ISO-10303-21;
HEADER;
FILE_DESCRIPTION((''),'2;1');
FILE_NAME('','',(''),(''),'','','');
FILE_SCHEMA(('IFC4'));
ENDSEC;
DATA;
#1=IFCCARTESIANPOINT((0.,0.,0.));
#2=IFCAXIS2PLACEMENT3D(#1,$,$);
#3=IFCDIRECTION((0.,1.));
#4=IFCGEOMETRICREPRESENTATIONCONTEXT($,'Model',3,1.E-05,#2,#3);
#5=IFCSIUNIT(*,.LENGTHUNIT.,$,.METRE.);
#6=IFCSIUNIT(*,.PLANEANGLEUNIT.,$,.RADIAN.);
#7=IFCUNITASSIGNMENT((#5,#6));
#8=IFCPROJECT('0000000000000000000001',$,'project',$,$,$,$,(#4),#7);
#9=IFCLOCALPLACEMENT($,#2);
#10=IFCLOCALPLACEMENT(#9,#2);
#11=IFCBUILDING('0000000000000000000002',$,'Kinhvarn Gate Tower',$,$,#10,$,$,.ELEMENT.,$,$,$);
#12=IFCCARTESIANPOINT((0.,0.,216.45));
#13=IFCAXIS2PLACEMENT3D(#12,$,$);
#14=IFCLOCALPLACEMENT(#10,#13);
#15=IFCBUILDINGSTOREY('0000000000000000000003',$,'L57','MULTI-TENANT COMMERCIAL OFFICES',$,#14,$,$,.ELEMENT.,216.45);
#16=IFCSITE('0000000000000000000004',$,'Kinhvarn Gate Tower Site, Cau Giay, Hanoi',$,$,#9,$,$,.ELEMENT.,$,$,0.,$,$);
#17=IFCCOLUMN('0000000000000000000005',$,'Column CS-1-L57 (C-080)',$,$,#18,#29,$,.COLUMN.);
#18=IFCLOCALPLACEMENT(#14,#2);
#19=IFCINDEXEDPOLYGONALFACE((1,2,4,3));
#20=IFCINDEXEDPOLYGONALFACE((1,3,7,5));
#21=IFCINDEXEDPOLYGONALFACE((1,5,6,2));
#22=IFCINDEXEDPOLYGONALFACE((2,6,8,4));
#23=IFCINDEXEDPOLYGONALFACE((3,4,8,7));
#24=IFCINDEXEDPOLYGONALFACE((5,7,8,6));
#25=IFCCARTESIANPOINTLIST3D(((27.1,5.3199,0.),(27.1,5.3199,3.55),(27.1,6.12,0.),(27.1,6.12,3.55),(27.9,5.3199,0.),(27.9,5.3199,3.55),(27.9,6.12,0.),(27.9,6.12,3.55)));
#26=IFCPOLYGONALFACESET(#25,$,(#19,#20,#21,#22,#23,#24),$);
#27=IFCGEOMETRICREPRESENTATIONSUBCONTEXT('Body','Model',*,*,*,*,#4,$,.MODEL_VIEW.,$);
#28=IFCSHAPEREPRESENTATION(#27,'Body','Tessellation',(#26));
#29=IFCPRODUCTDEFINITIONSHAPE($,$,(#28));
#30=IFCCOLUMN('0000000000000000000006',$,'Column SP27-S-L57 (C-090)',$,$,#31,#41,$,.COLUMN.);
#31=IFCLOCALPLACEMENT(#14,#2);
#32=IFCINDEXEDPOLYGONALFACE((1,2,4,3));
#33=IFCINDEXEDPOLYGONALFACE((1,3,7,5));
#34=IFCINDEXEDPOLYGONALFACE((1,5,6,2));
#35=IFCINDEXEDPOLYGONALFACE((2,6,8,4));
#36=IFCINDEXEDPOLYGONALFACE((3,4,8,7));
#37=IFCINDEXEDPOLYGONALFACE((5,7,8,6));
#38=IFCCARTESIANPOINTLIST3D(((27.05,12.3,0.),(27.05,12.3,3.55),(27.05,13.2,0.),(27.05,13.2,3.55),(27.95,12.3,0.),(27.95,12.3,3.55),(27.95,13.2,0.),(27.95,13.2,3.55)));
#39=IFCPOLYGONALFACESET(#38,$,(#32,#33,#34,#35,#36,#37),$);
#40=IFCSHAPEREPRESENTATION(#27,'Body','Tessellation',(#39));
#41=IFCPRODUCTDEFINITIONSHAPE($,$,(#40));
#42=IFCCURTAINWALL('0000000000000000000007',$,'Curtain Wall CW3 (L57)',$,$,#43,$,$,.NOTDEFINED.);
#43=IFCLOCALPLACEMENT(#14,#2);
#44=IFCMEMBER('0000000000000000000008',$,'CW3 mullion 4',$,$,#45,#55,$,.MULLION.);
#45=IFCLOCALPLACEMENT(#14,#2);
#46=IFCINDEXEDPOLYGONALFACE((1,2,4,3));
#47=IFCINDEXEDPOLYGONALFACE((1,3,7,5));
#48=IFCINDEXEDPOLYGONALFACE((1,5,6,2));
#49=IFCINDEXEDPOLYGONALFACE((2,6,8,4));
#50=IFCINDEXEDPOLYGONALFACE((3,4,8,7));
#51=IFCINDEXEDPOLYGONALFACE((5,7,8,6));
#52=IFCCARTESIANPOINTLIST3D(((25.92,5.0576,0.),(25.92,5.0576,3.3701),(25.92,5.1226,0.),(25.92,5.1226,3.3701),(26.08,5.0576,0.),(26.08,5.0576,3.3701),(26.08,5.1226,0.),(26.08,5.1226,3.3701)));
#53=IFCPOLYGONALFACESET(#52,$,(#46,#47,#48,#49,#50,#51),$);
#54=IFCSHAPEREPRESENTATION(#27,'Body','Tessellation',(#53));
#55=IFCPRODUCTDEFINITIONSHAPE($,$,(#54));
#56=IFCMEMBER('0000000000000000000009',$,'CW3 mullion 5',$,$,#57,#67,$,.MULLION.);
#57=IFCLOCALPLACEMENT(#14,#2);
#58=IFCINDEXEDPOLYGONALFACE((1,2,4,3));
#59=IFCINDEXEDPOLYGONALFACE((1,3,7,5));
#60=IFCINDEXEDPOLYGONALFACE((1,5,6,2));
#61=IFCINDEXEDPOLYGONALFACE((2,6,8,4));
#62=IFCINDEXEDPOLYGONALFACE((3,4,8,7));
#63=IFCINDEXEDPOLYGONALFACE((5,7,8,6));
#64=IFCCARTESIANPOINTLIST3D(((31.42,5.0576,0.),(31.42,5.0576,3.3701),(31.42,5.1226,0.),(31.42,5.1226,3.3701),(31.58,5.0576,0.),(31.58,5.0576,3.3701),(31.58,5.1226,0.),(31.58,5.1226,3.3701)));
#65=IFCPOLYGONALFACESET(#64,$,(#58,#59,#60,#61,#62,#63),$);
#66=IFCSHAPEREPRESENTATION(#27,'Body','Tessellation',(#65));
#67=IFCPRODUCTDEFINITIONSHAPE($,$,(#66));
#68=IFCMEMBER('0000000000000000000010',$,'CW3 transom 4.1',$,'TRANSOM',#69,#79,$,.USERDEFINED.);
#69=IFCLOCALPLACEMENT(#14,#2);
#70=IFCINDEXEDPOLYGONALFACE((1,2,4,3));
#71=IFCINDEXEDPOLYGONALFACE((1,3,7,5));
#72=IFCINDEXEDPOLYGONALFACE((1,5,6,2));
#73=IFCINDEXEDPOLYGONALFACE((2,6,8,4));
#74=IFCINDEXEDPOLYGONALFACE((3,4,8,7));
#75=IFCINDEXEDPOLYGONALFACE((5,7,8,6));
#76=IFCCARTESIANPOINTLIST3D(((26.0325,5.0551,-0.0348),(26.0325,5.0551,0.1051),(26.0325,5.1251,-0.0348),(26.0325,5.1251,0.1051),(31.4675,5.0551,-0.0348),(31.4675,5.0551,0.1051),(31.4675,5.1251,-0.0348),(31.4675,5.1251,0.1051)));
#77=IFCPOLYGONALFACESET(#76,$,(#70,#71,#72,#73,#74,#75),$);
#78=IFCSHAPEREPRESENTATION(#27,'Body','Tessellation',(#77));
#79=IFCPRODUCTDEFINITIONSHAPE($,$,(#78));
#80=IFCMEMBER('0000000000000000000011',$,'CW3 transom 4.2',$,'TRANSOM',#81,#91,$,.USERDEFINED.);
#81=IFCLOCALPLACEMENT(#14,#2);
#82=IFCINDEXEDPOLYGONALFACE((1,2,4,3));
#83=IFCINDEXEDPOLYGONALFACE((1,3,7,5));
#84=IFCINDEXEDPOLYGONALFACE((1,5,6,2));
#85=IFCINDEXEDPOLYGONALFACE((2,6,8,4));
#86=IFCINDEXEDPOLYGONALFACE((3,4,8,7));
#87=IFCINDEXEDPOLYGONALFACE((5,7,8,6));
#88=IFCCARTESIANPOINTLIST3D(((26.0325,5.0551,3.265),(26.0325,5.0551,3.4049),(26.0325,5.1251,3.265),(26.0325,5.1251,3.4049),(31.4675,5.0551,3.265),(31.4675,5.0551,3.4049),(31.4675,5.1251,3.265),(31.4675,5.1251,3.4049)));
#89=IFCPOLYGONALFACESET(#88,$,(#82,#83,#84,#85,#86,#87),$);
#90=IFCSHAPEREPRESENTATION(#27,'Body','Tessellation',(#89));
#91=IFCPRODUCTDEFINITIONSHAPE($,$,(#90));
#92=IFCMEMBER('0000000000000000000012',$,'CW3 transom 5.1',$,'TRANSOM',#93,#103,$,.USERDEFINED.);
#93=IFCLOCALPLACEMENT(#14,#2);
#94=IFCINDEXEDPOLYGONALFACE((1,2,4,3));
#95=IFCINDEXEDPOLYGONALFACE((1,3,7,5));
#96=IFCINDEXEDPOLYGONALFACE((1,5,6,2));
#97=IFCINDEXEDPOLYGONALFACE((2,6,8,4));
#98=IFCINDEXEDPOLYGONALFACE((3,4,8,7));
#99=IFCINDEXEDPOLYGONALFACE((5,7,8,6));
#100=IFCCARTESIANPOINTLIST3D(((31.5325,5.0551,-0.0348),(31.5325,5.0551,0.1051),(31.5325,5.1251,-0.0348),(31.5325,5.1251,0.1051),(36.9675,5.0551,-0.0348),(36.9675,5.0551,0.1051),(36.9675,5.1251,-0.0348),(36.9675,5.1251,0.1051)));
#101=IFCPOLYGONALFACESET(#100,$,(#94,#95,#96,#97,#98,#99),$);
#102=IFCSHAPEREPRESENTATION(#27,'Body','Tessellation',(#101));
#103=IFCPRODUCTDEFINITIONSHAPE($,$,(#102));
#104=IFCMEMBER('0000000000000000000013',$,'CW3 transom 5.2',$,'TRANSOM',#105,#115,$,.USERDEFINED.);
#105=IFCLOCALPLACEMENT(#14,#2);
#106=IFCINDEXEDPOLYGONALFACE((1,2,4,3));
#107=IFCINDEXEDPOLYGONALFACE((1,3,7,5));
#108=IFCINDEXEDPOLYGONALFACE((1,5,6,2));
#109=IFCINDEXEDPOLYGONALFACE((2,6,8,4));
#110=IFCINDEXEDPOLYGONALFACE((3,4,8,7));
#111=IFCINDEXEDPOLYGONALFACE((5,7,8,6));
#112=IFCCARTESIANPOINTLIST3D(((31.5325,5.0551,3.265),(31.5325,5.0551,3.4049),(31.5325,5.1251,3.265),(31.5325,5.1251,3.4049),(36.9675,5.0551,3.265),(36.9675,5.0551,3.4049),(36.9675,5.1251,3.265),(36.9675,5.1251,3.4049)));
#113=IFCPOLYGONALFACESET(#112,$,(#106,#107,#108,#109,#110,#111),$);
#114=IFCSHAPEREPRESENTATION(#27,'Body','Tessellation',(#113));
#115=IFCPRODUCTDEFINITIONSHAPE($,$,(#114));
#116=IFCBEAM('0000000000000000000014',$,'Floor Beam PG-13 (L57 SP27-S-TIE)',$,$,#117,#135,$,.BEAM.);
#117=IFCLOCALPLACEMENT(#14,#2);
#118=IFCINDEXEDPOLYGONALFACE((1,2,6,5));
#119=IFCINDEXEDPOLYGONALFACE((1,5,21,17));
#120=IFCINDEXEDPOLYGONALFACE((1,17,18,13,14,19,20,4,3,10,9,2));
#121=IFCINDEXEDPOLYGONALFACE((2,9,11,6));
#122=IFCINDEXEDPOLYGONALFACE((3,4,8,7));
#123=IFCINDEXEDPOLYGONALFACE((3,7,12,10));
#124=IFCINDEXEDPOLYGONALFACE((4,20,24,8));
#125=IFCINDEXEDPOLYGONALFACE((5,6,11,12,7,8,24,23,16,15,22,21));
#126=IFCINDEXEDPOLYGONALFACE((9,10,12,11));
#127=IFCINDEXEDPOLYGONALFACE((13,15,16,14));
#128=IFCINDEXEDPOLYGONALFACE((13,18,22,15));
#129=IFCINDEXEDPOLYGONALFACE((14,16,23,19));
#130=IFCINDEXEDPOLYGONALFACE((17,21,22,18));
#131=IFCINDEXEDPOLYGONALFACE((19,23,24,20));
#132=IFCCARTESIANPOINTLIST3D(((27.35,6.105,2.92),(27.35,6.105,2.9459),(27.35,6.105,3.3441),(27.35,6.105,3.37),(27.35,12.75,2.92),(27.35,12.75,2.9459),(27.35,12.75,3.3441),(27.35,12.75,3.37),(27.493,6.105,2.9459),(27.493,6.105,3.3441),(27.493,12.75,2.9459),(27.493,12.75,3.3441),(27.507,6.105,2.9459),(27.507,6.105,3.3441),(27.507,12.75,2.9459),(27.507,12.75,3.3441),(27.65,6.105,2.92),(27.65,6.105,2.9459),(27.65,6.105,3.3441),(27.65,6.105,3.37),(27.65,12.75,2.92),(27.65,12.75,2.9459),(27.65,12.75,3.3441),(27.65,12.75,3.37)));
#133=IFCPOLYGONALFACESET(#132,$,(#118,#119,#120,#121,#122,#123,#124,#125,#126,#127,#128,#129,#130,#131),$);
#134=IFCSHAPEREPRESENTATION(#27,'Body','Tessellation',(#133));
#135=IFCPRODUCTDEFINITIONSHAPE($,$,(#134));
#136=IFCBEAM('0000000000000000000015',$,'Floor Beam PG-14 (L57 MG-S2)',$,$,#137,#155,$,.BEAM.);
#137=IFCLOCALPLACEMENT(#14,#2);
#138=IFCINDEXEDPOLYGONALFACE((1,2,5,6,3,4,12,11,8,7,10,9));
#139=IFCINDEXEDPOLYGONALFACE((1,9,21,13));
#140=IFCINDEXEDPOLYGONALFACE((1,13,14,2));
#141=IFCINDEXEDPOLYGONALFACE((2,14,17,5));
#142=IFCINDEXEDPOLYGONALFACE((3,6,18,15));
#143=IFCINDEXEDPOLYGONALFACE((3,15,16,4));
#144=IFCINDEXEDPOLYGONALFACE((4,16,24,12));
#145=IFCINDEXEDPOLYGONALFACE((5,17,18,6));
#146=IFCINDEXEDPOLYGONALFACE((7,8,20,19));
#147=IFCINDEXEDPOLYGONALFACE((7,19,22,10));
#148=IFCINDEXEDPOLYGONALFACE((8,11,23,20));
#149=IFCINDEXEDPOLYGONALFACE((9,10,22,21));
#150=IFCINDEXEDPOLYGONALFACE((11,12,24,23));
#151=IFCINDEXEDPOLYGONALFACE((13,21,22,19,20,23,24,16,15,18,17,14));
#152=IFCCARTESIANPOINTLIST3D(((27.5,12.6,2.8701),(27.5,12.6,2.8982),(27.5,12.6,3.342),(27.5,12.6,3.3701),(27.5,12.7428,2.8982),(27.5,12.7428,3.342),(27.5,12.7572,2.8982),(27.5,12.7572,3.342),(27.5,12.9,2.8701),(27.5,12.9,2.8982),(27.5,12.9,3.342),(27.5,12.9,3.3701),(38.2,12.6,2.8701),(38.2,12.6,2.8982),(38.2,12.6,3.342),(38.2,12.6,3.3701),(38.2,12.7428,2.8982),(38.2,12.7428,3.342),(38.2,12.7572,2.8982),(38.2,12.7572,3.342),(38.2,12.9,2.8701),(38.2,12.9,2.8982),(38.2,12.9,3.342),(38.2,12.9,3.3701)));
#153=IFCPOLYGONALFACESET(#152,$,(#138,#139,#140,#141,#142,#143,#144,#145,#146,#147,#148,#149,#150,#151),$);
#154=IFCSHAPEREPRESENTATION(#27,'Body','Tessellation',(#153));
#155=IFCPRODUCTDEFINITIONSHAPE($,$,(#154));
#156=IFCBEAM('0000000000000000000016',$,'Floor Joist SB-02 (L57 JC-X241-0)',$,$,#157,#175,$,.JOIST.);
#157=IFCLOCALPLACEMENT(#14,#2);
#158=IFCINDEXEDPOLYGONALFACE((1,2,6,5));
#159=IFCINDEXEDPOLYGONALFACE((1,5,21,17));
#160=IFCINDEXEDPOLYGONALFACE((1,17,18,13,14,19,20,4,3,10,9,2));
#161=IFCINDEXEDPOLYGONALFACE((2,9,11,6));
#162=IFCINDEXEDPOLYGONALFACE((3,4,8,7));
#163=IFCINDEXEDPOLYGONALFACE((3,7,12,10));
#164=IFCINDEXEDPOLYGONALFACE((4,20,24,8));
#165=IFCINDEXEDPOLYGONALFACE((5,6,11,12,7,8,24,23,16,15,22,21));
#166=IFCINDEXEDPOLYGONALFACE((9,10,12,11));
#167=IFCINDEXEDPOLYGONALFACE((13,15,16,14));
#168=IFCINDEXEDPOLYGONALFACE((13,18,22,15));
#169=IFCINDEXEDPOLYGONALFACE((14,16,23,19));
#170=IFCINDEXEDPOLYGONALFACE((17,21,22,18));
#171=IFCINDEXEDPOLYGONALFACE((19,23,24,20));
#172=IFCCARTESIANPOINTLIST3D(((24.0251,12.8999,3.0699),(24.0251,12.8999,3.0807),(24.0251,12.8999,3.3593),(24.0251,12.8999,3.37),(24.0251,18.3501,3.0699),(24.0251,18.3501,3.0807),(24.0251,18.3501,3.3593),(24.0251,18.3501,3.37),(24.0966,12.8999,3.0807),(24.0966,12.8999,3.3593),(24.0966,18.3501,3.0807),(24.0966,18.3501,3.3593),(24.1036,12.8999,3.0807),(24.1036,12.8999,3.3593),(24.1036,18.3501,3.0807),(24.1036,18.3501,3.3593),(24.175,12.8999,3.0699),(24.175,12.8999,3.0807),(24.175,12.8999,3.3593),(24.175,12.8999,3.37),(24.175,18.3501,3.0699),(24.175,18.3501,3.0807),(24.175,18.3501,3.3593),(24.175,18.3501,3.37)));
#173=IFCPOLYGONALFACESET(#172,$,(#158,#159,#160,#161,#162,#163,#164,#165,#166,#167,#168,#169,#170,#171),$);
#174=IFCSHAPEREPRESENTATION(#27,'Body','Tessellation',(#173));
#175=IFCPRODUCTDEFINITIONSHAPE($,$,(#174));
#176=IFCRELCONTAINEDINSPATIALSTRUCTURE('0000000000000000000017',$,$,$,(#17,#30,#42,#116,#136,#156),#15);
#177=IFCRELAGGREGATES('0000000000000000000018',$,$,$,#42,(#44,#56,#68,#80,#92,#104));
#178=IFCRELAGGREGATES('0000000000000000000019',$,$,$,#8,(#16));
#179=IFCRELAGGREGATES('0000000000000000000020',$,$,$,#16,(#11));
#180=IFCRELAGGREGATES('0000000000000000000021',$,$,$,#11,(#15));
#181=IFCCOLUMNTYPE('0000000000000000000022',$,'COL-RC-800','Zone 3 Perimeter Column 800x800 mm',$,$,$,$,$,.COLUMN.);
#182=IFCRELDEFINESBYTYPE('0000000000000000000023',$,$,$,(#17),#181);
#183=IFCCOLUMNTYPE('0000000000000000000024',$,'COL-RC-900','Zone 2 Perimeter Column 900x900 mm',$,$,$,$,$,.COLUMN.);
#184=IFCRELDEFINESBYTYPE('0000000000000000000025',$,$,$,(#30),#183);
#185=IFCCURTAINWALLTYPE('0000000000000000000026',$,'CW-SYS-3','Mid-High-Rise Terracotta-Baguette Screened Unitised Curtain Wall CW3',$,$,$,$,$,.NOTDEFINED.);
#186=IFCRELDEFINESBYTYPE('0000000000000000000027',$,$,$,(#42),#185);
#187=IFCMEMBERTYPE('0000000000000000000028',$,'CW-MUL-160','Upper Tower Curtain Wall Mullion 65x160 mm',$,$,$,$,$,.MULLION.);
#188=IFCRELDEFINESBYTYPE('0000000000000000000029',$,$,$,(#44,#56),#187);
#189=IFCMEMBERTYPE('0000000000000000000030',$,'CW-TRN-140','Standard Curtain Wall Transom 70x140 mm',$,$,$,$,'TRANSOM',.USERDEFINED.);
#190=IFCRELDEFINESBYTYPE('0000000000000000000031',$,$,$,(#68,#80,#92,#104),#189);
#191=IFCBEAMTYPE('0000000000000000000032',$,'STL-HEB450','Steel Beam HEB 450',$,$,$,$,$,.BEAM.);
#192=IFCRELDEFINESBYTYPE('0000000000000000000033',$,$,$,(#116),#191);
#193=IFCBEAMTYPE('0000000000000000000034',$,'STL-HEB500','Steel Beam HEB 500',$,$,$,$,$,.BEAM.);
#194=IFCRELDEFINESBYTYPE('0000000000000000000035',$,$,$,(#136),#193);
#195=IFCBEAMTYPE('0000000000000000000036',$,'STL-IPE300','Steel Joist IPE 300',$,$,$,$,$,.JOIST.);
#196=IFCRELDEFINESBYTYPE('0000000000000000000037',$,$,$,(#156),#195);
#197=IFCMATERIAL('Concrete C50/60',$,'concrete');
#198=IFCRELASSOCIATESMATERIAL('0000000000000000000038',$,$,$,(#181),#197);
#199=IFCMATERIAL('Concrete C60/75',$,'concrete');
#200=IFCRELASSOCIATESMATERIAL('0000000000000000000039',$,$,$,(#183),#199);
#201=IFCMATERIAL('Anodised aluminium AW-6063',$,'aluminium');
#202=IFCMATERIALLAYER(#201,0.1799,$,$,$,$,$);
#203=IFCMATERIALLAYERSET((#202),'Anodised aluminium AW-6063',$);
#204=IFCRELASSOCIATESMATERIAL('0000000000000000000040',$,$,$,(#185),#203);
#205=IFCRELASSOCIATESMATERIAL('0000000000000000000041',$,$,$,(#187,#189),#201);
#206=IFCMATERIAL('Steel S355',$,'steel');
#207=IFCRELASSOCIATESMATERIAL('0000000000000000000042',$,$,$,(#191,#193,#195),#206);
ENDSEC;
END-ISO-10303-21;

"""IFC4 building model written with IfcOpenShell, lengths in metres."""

from ifc_helpers import new_model, si_unit, direction, frame, origin, origin_2d, place, context, subcontext, project, spatial, rectangle, i_section, extrude, material, layer, layer_set, material_profile, profile_set, type_object, element, aggregate, save


model = new_model("IFC4")

# Units and contexts
model_context = context("Model", 3, precision=1e-05, world=origin(), true_north=direction((0.0, 1.0)))
body_context = subcontext(model_context, "Body", "Model", "MODEL_VIEW")
ifc_project = project(units=[si_unit("LENGTHUNIT", "METRE"), si_unit("PLANEANGLEUNIT", "RADIAN")], contexts=[model_context])

# Site, building, storey
site_placement = place(None, origin())
site = spatial("IfcSite", under=ifc_project, at=site_placement, Name="Kinhvarn Gate Tower Site, Cau Giay, Hanoi", CompositionType="ELEMENT", RefElevation=0.0)
building_placement = place(site_placement, origin())
building = spatial("IfcBuilding", under=site, at=building_placement, Name="Kinhvarn Gate Tower", CompositionType="ELEMENT")
storey_placement = place(building_placement, frame((0.0, 0.0, 216.45)))
storey = spatial("IfcBuildingStorey", under=building, at=storey_placement, Name="L57", Description="MULTI-TENANT COMMERCIAL OFFICES", CompositionType="ELEMENT", Elevation=216.45)

# Columns
ifc_material_1 = material(Name="Concrete C50/60", Category="concrete")
ifc_material_profile_1 = material_profile(ifc_material_1, rectangle(XDim=0.8, YDim=0.8, at=origin_2d()), Name="RC 800x800")
ifc_profile_set_1 = profile_set([ifc_material_profile_1], Name="Concrete C50/60")
column_type_1 = type_object("IfcColumnType", Name="COL-RC-800", Description="Zone 3 Perimeter Column 800x800 mm", PredefinedType="COLUMN", material=ifc_profile_set_1)
column_1_placement = place(storey_placement, frame((27.5, 5.72, 0.0), z_axis=(0.0, 0.0, 1.0), x_axis=(1.0, 0.0, 0.0)))
element("IfcColumn", 1, at=column_1_placement, inside=storey, type_object=column_type_1, Name="Column CS-1-L57 (C-080)", PredefinedType="COLUMN", context=body_context, shape_type="SweptSolid", body=[
    extrude(rectangle(XDim=0.8, YDim=0.8, at=origin_2d()), origin(), (0.0, 0.0, 1.0), 3.55),
])
ifc_material_2 = material(Name="Concrete C60/75", Category="concrete")
ifc_material_profile_2 = material_profile(ifc_material_2, rectangle(XDim=0.8999, YDim=0.8999, at=origin_2d()), Name="RC 900x900")
ifc_profile_set_2 = profile_set([ifc_material_profile_2], Name="Concrete C60/75")
column_type_2 = type_object("IfcColumnType", Name="COL-RC-900", Description="Zone 2 Perimeter Column 900x900 mm", PredefinedType="COLUMN", material=ifc_profile_set_2)
column_2_placement = place(storey_placement, frame((27.5, 12.75, 0.0), z_axis=(0.0, 0.0, 1.0), x_axis=(1.0, 0.0, 0.0)))
element("IfcColumn", 2, at=column_2_placement, inside=storey, type_object=column_type_2, Name="Column SP27-S-L57 (C-090)", PredefinedType="COLUMN", context=body_context, shape_type="SweptSolid", body=[
    extrude(rectangle(XDim=0.8999, YDim=0.8999, at=origin_2d()), origin(), (0.0, 0.0, 1.0), 3.55),
])

# Curtain wall, members
ifc_material_3 = material(Name="Anodised aluminium AW-6063", Category="aluminium")
ifc_layer_1 = layer(ifc_material_3, 0.1799)
ifc_layer_set_1 = layer_set([ifc_layer_1], Name="Anodised aluminium AW-6063")
curtain_wall_type = type_object("IfcCurtainWallType", Name="CW-SYS-3", Description="Mid-High-Rise Terracotta-Baguette Screened Unitised Curtain Wall CW3", PredefinedType="NOTDEFINED", material=ifc_layer_set_1)
curtain_wall_placement = place(storey_placement, origin())
curtain_wall = element("IfcCurtainWall", 3, at=curtain_wall_placement, inside=storey, type_object=curtain_wall_type, Name="Curtain Wall CW3 (L57)", PredefinedType="NOTDEFINED")
ifc_material_profile_3 = material_profile(ifc_material_3, rectangle(XDim=0.0649, YDim=0.1599, at=origin_2d()), Name="ALU 65x160")
ifc_profile_set_3 = profile_set([ifc_material_profile_3], Name="Anodised aluminium AW-6063")
member_type_1 = type_object("IfcMemberType", Name="CW-MUL-160", Description="Upper Tower Curtain Wall Mullion 65x160 mm", PredefinedType="MULLION", material=ifc_profile_set_3)
member_1_placement = place(storey_placement, frame((26.0, 5.0901, 0.0), z_axis=(0.0, 0.0, 1.0), x_axis=(0.0, 1.0, 0.0)))
member_1 = element("IfcMember", 4, at=member_1_placement, type_object=member_type_1, Name="CW3 mullion 4", PredefinedType="MULLION", context=body_context, shape_type="SweptSolid", body=[
    extrude(rectangle(XDim=0.0649, YDim=0.1599, at=origin_2d()), origin(), (0.0, 0.0, 1.0), 3.3701),
])
member_2_placement = place(storey_placement, frame((31.5, 5.0901, 0.0), z_axis=(0.0, 0.0, 1.0), x_axis=(0.0, 1.0, 0.0)))
member_2 = element("IfcMember", 5, at=member_2_placement, type_object=member_type_1, Name="CW3 mullion 5", PredefinedType="MULLION", context=body_context, shape_type="SweptSolid", body=[
    extrude(rectangle(XDim=0.0649, YDim=0.1599, at=origin_2d()), origin(), (0.0, 0.0, 1.0), 3.3701),
])
ifc_material_profile_4 = material_profile(ifc_material_3, rectangle(XDim=0.0701, YDim=0.1399, at=origin_2d()), Name="ALU 70x140")
ifc_profile_set_4 = profile_set([ifc_material_profile_4], Name="Anodised aluminium AW-6063")
member_type_2 = type_object("IfcMemberType", Name="CW-TRN-140", Description="Standard Curtain Wall Transom 70x140 mm", ElementType="TRANSOM", PredefinedType="USERDEFINED", material=ifc_profile_set_4)
member_3_placement = place(storey_placement, frame((26.0325, 5.0901, 0.0352), z_axis=(1.0, 0.0, 0.0), x_axis=(0.0, 1.0, 0.0)))
member_3 = element("IfcMember", 6, at=member_3_placement, type_object=member_type_2, Name="CW3 transom 4.1", ObjectType="TRANSOM", PredefinedType="USERDEFINED", context=body_context, shape_type="SweptSolid", body=[
    extrude(rectangle(XDim=0.0701, YDim=0.1399, at=origin_2d()), origin(), (0.0, 0.0, 1.0), 5.4351),
])
member_4_placement = place(storey_placement, frame((26.0325, 5.0901, 3.335), z_axis=(1.0, 0.0, 0.0), x_axis=(0.0, 1.0, 0.0)))
member_4 = element("IfcMember", 7, at=member_4_placement, type_object=member_type_2, Name="CW3 transom 4.2", ObjectType="TRANSOM", PredefinedType="USERDEFINED", context=body_context, shape_type="SweptSolid", body=[
    extrude(rectangle(XDim=0.0701, YDim=0.1399, at=origin_2d()), origin(), (0.0, 0.0, 1.0), 5.4351),
])
member_5_placement = place(storey_placement, frame((31.5325, 5.0901, 0.0352), z_axis=(1.0, 0.0, 0.0), x_axis=(0.0, 1.0, 0.0)))
member_5 = element("IfcMember", 8, at=member_5_placement, type_object=member_type_2, Name="CW3 transom 5.1", ObjectType="TRANSOM", PredefinedType="USERDEFINED", context=body_context, shape_type="SweptSolid", body=[
    extrude(rectangle(XDim=0.0701, YDim=0.1399, at=origin_2d()), origin(), (0.0, 0.0, 1.0), 5.4351),
])
member_6_placement = place(storey_placement, frame((31.5325, 5.0901, 3.335), z_axis=(1.0, 0.0, 0.0), x_axis=(0.0, 1.0, 0.0)))
member_6 = element("IfcMember", 9, at=member_6_placement, type_object=member_type_2, Name="CW3 transom 5.2", ObjectType="TRANSOM", PredefinedType="USERDEFINED", context=body_context, shape_type="SweptSolid", body=[
    extrude(rectangle(XDim=0.0701, YDim=0.1399, at=origin_2d()), origin(), (0.0, 0.0, 1.0), 5.4351),
])

# Beams
ifc_material_4 = material(Name="Steel S355", Category="steel")
ifc_material_profile_5 = material_profile(ifc_material_4, i_section(OverallWidth=0.3, OverallDepth=0.45, WebThickness=0.0139, FlangeThickness=0.0259, at=origin_2d()), Name="HEB 450")
ifc_profile_set_5 = profile_set([ifc_material_profile_5], Name="Steel S355")
beam_type_1 = type_object("IfcBeamType", Name="STL-HEB450", Description="Steel Beam HEB 450", PredefinedType="BEAM", material=ifc_profile_set_5)
beam_1_placement = place(storey_placement, frame((27.5, 6.105, 3.145), z_axis=(0.0, 1.0, 0.0), x_axis=(-1.0, 0.0, 0.0)))
element("IfcBeam", 10, at=beam_1_placement, inside=storey, type_object=beam_type_1, Name="Floor Beam PG-13 (L57 SP27-S-TIE)", PredefinedType="BEAM", context=body_context, shape_type="SweptSolid", body=[
    extrude(i_section(OverallWidth=0.3, OverallDepth=0.45, WebThickness=0.0139, FlangeThickness=0.0259, at=origin_2d()), origin(), (0.0, 0.0, 1.0), 6.645),
])
ifc_material_profile_6 = material_profile(ifc_material_4, i_section(OverallWidth=0.3, OverallDepth=0.5, WebThickness=0.0144, FlangeThickness=0.0281, at=origin_2d()), Name="HEB 500")
ifc_profile_set_6 = profile_set([ifc_material_profile_6], Name="Steel S355")
beam_type_2 = type_object("IfcBeamType", Name="STL-HEB500", Description="Steel Beam HEB 500", PredefinedType="BEAM", material=ifc_profile_set_6)
beam_2_placement = place(storey_placement, frame((27.5, 12.75, 3.1201), z_axis=(1.0, 0.0, 0.0), x_axis=(0.0, 1.0, 0.0)))
element("IfcBeam", 11, at=beam_2_placement, inside=storey, type_object=beam_type_2, Name="Floor Beam PG-14 (L57 MG-S2)", PredefinedType="BEAM", context=body_context, shape_type="SweptSolid", body=[
    extrude(i_section(OverallWidth=0.3, OverallDepth=0.5, WebThickness=0.0144, FlangeThickness=0.0281, at=origin_2d()), origin(), (0.0, 0.0, 1.0), 10.7),
])
ifc_material_profile_7 = material_profile(ifc_material_4, i_section(OverallWidth=0.1499, OverallDepth=0.3, WebThickness=0.0071, FlangeThickness=0.0107, at=origin_2d()), Name="IPE 300")
ifc_profile_set_7 = profile_set([ifc_material_profile_7], Name="Steel S355")
beam_type_3 = type_object("IfcBeamType", Name="STL-IPE300", Description="Steel Joist IPE 300", PredefinedType="JOIST", material=ifc_profile_set_7)
for number, where, z_axis, x_axis, name in (
    (12, (24.1001, 12.8999, 3.22), (0.0, 1.0, 0.0), (-1.0, 0.0, 0.0), "Floor Joist SB-02 (L57 JC-X241-0)"),
):
    element("IfcBeam", number, at=place(storey_placement, frame(where, z_axis=z_axis, x_axis=x_axis)), inside=storey, type_object=beam_type_3, Name=name, PredefinedType="JOIST", context=body_context, shape_type="SweptSolid", body=[
        extrude(i_section(OverallWidth=0.1499, OverallDepth=0.3, WebThickness=0.0071, FlangeThickness=0.0107, at=origin_2d()), origin(), (0.0, 0.0, 1.0), 5.4502),
    ])

aggregate(curtain_wall, [member_1, member_2, member_3, member_4, member_5, member_6])

save(model, "model.ifc")
